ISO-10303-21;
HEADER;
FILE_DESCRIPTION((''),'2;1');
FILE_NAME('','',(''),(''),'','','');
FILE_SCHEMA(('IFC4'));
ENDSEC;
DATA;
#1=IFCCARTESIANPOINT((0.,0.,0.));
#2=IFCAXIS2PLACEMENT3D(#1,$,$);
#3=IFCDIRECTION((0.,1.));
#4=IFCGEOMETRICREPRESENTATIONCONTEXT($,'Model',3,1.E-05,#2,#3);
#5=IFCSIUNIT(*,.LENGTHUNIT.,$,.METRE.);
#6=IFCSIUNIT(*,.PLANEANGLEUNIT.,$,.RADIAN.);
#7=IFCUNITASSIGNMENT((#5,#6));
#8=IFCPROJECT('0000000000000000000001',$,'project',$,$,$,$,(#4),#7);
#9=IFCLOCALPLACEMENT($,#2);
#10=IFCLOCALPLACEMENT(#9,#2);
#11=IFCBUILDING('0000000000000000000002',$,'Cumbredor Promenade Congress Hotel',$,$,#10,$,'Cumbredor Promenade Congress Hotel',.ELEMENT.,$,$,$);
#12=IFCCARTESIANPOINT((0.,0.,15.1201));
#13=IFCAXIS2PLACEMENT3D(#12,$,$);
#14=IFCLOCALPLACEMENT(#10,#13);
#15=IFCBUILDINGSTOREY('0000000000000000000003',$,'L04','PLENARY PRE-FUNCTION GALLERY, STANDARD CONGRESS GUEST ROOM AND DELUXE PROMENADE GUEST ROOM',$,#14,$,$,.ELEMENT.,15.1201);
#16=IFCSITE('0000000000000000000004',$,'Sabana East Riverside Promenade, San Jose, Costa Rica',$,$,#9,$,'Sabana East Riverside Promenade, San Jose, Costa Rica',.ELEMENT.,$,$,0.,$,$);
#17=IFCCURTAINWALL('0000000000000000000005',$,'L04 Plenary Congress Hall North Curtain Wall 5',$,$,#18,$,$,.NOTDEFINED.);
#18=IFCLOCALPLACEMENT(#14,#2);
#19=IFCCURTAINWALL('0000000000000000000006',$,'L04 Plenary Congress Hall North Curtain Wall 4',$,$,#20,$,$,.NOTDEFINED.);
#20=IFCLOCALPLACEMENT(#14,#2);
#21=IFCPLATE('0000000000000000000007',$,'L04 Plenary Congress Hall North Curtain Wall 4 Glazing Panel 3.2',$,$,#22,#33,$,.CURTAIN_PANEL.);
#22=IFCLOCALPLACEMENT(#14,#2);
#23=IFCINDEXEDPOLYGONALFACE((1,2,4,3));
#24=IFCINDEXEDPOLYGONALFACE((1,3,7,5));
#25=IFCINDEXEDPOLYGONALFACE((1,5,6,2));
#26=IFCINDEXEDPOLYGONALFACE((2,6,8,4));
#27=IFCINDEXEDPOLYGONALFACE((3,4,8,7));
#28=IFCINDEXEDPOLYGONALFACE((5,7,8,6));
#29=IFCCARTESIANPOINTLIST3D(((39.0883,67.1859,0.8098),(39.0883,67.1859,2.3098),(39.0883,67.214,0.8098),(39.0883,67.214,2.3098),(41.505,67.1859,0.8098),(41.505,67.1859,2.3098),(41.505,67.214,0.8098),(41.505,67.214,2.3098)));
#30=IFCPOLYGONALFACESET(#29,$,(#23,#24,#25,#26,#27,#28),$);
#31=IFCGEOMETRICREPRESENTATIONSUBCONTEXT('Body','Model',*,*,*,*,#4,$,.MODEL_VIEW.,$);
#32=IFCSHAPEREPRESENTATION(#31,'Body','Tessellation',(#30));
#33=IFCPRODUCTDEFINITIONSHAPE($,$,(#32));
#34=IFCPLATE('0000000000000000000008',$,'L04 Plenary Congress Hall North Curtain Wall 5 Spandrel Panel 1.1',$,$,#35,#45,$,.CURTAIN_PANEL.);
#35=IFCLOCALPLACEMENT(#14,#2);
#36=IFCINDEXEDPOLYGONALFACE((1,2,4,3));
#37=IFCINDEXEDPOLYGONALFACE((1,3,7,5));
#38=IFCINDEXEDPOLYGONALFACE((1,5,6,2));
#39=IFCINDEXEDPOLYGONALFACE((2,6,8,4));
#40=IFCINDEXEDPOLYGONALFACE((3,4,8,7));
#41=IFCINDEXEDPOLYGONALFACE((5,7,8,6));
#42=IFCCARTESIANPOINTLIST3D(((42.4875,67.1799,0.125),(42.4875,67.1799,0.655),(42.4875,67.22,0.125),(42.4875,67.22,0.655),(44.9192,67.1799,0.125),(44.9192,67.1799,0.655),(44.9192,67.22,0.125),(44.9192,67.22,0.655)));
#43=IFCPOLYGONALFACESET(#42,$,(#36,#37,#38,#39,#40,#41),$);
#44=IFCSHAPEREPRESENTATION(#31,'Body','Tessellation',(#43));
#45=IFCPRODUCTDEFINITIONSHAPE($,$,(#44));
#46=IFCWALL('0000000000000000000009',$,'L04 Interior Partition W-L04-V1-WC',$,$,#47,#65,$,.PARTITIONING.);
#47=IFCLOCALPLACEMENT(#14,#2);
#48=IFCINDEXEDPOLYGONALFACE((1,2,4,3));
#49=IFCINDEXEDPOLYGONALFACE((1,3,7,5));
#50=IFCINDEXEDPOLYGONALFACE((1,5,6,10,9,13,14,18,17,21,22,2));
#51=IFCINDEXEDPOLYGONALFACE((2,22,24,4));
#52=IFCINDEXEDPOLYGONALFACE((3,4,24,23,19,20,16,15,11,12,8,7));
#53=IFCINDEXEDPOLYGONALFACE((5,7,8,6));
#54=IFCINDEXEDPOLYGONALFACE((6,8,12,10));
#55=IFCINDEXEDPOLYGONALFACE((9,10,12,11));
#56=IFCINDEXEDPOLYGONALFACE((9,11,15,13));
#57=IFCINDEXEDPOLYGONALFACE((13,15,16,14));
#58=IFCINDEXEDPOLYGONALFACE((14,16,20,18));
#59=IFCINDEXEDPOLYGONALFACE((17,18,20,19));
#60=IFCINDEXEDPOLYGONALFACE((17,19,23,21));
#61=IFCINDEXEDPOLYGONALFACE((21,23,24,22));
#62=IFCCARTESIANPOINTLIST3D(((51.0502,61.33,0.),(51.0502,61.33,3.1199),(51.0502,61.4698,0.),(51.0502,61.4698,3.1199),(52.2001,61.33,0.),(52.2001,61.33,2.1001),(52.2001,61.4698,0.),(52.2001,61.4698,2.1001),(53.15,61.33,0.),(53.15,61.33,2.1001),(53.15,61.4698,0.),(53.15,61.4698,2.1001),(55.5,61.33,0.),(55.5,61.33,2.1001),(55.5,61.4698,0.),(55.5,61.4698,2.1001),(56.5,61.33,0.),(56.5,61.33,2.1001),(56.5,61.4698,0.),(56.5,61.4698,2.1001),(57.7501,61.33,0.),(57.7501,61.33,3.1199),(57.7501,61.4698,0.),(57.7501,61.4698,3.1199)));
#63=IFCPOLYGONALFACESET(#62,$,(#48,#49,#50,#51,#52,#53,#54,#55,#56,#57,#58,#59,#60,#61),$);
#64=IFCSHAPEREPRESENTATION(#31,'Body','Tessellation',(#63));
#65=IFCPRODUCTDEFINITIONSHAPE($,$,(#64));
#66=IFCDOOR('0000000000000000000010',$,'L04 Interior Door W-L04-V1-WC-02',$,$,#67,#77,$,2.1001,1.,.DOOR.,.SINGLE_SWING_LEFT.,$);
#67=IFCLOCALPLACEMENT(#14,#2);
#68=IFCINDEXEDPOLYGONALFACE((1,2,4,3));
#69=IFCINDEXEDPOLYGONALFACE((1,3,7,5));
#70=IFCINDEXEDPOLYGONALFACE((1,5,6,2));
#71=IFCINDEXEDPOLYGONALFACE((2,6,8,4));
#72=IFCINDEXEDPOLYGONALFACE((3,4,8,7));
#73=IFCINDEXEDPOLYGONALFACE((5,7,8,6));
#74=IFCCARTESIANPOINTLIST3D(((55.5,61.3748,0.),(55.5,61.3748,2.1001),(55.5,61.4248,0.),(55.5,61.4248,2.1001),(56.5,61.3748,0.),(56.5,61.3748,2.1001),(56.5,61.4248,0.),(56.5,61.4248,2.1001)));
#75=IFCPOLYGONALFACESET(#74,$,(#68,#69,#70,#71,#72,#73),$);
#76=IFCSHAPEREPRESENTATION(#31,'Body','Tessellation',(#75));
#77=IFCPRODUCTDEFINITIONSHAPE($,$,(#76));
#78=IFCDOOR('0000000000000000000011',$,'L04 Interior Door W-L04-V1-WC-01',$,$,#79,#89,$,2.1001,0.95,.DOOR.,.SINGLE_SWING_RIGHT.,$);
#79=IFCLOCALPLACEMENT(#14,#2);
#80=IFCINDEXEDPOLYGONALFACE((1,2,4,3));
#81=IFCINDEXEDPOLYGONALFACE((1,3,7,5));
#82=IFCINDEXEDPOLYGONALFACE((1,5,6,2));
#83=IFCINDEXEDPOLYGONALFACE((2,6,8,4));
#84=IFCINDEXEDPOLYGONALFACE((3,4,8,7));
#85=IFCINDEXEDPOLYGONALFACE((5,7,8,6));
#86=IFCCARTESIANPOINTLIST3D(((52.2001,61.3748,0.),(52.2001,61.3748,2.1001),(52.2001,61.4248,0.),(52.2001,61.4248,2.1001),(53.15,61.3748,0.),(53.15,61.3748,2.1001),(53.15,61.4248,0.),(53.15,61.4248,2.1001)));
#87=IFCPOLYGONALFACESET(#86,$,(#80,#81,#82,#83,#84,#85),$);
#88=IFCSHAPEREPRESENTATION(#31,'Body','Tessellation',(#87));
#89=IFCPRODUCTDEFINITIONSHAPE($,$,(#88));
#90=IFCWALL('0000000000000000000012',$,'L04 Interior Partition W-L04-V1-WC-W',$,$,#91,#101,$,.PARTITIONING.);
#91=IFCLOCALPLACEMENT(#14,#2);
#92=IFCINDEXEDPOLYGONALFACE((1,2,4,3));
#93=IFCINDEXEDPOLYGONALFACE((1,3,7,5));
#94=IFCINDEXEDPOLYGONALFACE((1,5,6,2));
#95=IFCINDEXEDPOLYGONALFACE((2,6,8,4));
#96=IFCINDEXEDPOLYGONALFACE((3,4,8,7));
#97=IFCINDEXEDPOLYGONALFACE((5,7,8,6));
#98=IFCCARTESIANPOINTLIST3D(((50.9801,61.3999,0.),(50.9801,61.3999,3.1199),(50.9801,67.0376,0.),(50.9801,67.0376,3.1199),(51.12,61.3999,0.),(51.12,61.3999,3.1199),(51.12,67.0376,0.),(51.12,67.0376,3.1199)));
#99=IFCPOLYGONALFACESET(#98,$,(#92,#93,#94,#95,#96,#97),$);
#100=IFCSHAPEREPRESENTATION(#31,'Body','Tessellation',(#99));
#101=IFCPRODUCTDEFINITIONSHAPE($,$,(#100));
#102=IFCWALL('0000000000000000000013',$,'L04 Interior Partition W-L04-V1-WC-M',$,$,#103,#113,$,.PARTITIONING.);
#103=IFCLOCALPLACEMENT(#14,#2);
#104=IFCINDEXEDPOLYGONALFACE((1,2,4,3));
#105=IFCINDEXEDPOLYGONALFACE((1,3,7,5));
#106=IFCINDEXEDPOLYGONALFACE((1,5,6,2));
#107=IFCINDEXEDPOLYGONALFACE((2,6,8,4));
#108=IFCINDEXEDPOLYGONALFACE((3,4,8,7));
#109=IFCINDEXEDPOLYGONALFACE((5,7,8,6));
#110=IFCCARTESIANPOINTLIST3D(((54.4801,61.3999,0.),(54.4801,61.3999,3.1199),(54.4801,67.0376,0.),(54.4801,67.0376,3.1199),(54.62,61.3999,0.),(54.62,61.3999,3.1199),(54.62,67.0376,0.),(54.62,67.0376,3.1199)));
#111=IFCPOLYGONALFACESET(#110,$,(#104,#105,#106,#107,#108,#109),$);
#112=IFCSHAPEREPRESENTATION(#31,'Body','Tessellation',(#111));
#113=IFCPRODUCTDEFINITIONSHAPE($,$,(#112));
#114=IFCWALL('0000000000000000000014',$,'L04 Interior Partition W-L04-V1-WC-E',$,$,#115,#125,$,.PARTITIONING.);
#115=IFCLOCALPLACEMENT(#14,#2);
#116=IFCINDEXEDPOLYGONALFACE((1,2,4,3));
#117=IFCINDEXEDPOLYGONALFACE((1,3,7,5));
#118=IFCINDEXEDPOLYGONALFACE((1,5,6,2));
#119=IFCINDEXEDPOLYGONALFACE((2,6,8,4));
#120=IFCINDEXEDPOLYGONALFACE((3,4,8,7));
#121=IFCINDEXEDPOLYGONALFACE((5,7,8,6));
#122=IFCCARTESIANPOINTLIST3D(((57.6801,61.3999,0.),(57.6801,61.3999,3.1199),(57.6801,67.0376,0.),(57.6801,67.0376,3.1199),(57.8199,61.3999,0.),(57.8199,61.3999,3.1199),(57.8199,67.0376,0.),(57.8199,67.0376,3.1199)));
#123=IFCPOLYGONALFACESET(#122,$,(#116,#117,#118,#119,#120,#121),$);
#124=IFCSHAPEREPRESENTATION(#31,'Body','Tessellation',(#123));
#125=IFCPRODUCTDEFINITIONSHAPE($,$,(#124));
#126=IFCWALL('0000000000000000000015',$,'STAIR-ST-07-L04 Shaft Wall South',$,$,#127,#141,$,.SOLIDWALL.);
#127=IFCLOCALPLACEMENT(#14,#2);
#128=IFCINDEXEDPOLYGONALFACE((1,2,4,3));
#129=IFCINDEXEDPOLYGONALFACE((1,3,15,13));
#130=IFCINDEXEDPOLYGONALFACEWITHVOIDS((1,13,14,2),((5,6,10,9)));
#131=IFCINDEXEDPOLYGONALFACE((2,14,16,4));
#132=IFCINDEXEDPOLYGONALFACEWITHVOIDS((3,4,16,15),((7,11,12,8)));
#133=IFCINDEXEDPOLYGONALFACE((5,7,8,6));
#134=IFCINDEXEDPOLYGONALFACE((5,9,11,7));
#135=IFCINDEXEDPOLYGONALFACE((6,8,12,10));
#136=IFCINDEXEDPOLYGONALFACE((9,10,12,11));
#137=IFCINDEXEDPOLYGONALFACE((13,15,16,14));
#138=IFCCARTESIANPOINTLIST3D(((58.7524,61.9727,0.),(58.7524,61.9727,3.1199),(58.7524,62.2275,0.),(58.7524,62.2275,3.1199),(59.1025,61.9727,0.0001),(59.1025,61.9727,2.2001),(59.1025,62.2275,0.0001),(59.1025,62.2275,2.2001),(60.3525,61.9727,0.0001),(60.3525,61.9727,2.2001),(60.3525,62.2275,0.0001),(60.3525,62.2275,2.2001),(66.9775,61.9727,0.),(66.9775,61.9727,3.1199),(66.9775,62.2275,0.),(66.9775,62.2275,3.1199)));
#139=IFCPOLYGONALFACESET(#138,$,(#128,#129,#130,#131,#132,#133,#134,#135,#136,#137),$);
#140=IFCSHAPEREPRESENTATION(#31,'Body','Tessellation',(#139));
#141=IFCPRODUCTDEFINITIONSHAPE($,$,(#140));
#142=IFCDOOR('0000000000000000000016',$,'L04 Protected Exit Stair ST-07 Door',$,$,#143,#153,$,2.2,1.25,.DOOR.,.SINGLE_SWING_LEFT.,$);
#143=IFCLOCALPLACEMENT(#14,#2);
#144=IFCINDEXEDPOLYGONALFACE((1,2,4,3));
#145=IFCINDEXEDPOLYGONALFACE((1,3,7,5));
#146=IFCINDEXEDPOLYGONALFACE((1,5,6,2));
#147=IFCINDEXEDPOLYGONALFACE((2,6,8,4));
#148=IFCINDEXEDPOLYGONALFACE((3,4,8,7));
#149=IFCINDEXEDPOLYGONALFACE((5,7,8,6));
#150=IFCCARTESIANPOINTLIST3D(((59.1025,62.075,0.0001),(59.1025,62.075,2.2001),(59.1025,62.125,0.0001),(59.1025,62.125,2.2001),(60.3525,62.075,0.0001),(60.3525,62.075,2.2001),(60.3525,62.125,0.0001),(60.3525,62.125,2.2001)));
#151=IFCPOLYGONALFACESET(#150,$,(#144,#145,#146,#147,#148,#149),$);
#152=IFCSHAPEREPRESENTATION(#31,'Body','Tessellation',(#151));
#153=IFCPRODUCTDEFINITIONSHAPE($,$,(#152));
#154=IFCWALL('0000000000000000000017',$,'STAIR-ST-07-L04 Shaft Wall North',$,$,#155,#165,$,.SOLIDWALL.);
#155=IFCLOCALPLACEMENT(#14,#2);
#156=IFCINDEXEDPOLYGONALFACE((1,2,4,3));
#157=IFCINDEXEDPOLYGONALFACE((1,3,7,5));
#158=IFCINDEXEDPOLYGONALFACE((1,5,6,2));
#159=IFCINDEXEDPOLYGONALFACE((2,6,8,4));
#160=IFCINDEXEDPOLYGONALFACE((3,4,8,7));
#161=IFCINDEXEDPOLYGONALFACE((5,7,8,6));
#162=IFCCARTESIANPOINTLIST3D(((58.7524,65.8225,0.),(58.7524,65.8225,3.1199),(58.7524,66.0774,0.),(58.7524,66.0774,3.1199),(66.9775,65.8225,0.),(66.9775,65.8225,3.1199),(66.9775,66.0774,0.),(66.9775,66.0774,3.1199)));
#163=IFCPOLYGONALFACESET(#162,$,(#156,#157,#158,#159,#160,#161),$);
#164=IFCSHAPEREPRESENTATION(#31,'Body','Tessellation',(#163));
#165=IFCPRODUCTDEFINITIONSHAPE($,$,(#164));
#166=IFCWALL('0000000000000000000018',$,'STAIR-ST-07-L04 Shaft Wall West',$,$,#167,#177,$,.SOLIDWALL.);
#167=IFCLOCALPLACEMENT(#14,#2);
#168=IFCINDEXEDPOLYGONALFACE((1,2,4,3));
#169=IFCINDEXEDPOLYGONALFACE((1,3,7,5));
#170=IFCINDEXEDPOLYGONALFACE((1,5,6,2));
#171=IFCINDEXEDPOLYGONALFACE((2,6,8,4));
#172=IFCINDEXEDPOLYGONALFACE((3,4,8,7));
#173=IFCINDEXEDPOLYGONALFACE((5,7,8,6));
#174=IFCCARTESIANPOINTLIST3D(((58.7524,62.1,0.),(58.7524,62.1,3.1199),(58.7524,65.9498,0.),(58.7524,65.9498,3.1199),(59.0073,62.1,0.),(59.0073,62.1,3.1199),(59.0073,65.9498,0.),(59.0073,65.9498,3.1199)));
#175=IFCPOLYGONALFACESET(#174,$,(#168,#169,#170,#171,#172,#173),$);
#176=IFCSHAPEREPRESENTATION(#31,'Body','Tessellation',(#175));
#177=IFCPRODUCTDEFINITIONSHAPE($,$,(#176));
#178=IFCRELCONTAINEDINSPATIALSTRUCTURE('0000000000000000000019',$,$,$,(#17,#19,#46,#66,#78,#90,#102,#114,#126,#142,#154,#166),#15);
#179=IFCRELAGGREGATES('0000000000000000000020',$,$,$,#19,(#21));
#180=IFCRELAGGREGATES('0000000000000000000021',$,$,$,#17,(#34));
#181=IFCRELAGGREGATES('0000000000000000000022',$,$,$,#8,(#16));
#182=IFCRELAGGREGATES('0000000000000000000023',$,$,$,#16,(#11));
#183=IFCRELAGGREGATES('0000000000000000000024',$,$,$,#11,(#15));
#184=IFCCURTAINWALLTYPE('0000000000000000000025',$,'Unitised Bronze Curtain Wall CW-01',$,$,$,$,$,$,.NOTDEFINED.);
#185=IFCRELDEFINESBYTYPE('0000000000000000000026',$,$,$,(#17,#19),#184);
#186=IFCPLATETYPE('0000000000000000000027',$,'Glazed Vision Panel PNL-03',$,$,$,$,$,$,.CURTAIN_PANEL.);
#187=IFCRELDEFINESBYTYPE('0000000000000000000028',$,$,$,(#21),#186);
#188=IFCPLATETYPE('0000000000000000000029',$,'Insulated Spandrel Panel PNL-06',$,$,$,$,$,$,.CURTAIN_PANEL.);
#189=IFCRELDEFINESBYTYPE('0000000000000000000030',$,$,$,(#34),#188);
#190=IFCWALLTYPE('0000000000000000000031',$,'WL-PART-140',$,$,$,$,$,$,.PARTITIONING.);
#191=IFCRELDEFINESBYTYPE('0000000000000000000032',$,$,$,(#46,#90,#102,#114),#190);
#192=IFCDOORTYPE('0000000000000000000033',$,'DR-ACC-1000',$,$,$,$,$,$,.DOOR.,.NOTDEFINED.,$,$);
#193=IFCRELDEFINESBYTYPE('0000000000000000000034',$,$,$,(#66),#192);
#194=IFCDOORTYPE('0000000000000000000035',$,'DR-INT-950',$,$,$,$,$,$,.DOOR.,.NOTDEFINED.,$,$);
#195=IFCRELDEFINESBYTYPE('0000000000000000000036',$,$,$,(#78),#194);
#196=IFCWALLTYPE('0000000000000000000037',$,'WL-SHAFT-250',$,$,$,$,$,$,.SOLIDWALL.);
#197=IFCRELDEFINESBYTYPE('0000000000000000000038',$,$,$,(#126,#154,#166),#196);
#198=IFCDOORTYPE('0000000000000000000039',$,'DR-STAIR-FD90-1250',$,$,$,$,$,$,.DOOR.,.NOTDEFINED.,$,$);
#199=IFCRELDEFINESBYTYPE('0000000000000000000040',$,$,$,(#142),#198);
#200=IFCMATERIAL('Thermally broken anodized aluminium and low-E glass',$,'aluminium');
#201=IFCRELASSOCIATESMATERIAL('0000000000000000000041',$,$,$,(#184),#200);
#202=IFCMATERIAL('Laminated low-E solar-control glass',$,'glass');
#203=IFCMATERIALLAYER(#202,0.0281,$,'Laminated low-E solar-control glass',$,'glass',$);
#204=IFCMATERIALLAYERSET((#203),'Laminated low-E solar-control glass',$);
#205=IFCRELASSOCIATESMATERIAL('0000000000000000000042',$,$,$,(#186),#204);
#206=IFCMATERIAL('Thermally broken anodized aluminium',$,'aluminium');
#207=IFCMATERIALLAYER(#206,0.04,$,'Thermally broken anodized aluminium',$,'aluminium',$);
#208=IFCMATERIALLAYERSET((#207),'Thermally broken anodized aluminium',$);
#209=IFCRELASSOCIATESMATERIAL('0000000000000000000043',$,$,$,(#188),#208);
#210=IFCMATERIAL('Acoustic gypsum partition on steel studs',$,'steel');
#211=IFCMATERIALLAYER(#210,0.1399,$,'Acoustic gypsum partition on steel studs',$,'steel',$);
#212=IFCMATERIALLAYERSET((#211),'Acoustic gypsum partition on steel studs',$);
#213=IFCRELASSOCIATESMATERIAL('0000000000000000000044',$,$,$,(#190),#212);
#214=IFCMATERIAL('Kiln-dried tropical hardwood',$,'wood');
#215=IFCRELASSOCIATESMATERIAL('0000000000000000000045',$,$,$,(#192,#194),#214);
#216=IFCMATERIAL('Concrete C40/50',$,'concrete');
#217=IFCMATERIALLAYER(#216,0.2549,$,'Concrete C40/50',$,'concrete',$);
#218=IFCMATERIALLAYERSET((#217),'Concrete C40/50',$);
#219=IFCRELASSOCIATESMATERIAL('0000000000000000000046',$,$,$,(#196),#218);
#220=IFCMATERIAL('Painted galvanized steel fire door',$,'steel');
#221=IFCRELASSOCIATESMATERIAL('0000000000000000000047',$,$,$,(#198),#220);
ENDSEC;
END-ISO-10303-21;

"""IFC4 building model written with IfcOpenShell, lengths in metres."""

from ifc_helpers import new_model, si_unit, direction, frame, frame_2d, origin, origin_2d, place, context, subcontext, project, spatial, rectangle, extrude, material, layer, layer_set, type_object, element, fill, aggregate, save


model = new_model("IFC4")

# Units and contexts
model_context = context("Model", 3, precision=1e-05, world=origin(), true_north=direction((0.0, 1.0)))
body_context = subcontext(model_context, "Body", "Model", "MODEL_VIEW")
ifc_project = project(units=[si_unit("LENGTHUNIT", "METRE"), si_unit("PLANEANGLEUNIT", "RADIAN")], contexts=[model_context])

# Site, building, storey
site_placement = place(None, origin())
site = spatial("IfcSite", under=ifc_project, at=site_placement, Name="Sabana East Riverside Promenade, San Jose, Costa Rica", LongName="Sabana East Riverside Promenade, San Jose, Costa Rica", CompositionType="ELEMENT", RefElevation=0.0)
building_placement = place(site_placement, origin())
building = spatial("IfcBuilding", under=site, at=building_placement, Name="Cumbredor Promenade Congress Hotel", LongName="Cumbredor Promenade Congress Hotel", CompositionType="ELEMENT")
storey_placement = place(building_placement, frame((0.0, 0.0, 15.1201)))
storey = spatial("IfcBuildingStorey", under=building, at=storey_placement, Name="L04", Description="PLENARY PRE-FUNCTION GALLERY, STANDARD CONGRESS GUEST ROOM AND DELUXE PROMENADE GUEST ROOM", CompositionType="ELEMENT", Elevation=15.1201)

# Shared definitions
ifc_material_1 = material(Name="Concrete C40/50", Category="concrete")

# Curtain wall
ifc_material_2 = material(Name="Thermally broken anodized aluminium and low-E glass", Category="aluminium")
curtain_wall_type = type_object("IfcCurtainWallType", Name="Unitised Bronze Curtain Wall CW-01", PredefinedType="NOTDEFINED", material=ifc_material_2)
curtain_wall_1_placement = place(storey_placement, origin())
curtain_wall_1 = element("IfcCurtainWall", 1, at=curtain_wall_1_placement, inside=storey, type_object=curtain_wall_type, Name="L04 Plenary Congress Hall North Curtain Wall 5", PredefinedType="NOTDEFINED")
ifc_material_3 = material(Name="Thermally broken anodized aluminium", Category="aluminium")

# Curtain wall
curtain_wall_2_placement = place(storey_placement, origin())
curtain_wall_2 = element("IfcCurtainWall", 2, at=curtain_wall_2_placement, inside=storey, type_object=curtain_wall_type, Name="L04 Plenary Congress Hall North Curtain Wall 4", PredefinedType="NOTDEFINED")

# Plates
ifc_material_4 = material(Name="Laminated low-E solar-control glass", Category="glass")
ifc_layer_1 = layer(ifc_material_4, 0.0281, Name="Laminated low-E solar-control glass", Category="glass")
ifc_layer_set_1 = layer_set([ifc_layer_1], Name="Laminated low-E solar-control glass")
plate_type_1 = type_object("IfcPlateType", Name="Glazed Vision Panel PNL-03", PredefinedType="CURTAIN_PANEL", material=ifc_layer_set_1)
plate_1_placement = place(storey_placement, frame((40.2966, 67.2, 0.8098), z_axis=(0.0, 0.0, 1.0), x_axis=(1.0, 0.0, 0.0)))
plate_1 = element("IfcPlate", 3, at=plate_1_placement, type_object=plate_type_1, Name="L04 Plenary Congress Hall North Curtain Wall 4 Glazing Panel 3.2", PredefinedType="CURTAIN_PANEL", context=body_context, shape_type="SweptSolid", body=[
    extrude(rectangle(XDim=2.4167, YDim=0.0281, at=origin_2d()), origin(), (0.0, 0.0, 1.0), 1.5),
])
aggregate(curtain_wall_2, [plate_1])
ifc_layer_2 = layer(ifc_material_3, 0.04, Name="Thermally broken anodized aluminium", Category="aluminium")
ifc_layer_set_2 = layer_set([ifc_layer_2], Name="Thermally broken anodized aluminium")
plate_type_2 = type_object("IfcPlateType", Name="Insulated Spandrel Panel PNL-06", PredefinedType="CURTAIN_PANEL", material=ifc_layer_set_2)
plate_2_placement = place(storey_placement, frame((43.7034, 67.2, 0.125), z_axis=(0.0, 0.0, 1.0), x_axis=(1.0, 0.0, 0.0)))
plate_2 = element("IfcPlate", 4, at=plate_2_placement, type_object=plate_type_2, Name="L04 Plenary Congress Hall North Curtain Wall 5 Spandrel Panel 1.1", PredefinedType="CURTAIN_PANEL", context=body_context, shape_type="SweptSolid", body=[
    extrude(rectangle(XDim=2.4316, YDim=0.04, at=origin_2d()), origin(), (0.0, 0.0, 1.0), 0.53),
])
aggregate(curtain_wall_1, [plate_2])

# Wall, openings, doors
ifc_material_5 = material(Name="Acoustic gypsum partition on steel studs", Category="steel")
ifc_layer_3 = layer(ifc_material_5, 0.1399, Name="Acoustic gypsum partition on steel studs", Category="steel")
ifc_layer_set_3 = layer_set([ifc_layer_3], Name="Acoustic gypsum partition on steel studs")
wall_type_1 = type_object("IfcWallType", Name="WL-PART-140", PredefinedType="PARTITIONING", material=ifc_layer_set_3)
wall_1_placement = place(storey_placement, frame((51.05, 61.3999, 0.0), z_axis=(0.0, 0.0, 1.0), x_axis=(1.0, 0.0, 0.0)))
wall_1 = element("IfcWall", 5, at=wall_1_placement, inside=storey, type_object=wall_type_1, Name="L04 Interior Partition W-L04-V1-WC", PredefinedType="PARTITIONING", context=body_context, shape_type="SweptSolid", body=[
    extrude(rectangle(XDim=6.7, YDim=0.1399, at=frame_2d((3.3501, 0.0))), origin(), (0.0, 0.0, 1.0), 3.1199),
])
opening_1_placement = place(wall_1_placement, frame((1.1499, 0.0, 0.0)))
opening_1 = element("IfcOpeningElement", 6, at=opening_1_placement, cuts=wall_1, PredefinedType="OPENING", context=body_context, shape_type="SweptSolid", body=[
    extrude(rectangle(XDim=0.95, YDim=2.1001, at=frame_2d((0.4751, 1.05))), frame((0.0, 0.0801, 0.0), z_axis=(0.0, -1.0, 0.0), x_axis=(1.0, 0.0, 0.0)), (0.0, 0.0, 1.0), 0.1599),
])
opening_2_placement = place(wall_1_placement, frame((4.45, 0.0, 0.0)))
opening_2 = element("IfcOpeningElement", 7, at=opening_2_placement, cuts=wall_1, PredefinedType="OPENING", context=body_context, shape_type="SweptSolid", body=[
    extrude(rectangle(XDim=1.0, YDim=2.1001, at=frame_2d((0.5, 1.05))), frame((0.0, 0.0801, 0.0), z_axis=(0.0, -1.0, 0.0), x_axis=(1.0, 0.0, 0.0)), (0.0, 0.0, 1.0), 0.1599),
])
ifc_material_6 = material(Name="Kiln-dried tropical hardwood", Category="wood")
door_type_1 = type_object("IfcDoorType", Name="DR-ACC-1000", OperationType="NOTDEFINED", PredefinedType="DOOR", material=ifc_material_6)
door_1_placement = place(opening_2_placement, origin())
door_1 = element("IfcDoor", 8, at=door_1_placement, inside=storey, type_object=door_type_1, Name="L04 Interior Door W-L04-V1-WC-02", OperationType="SINGLE_SWING_LEFT", OverallHeight=2.1001, OverallWidth=1.0, PredefinedType="DOOR", context=body_context, shape_type="SweptSolid", body=[
    extrude(rectangle(XDim=1.0, YDim=2.1001, at=frame_2d((0.5, 1.05))), frame((0.0, 0.0249, 0.0), z_axis=(0.0, -1.0, 0.0), x_axis=(1.0, 0.0, 0.0)), (0.0, 0.0, 1.0), 0.05),
])
fill(opening_2, door_1)
door_type_2 = type_object("IfcDoorType", Name="DR-INT-950", OperationType="NOTDEFINED", PredefinedType="DOOR", material=ifc_material_6)
door_2_placement = place(opening_1_placement, origin())
door_2 = element("IfcDoor", 9, at=door_2_placement, inside=storey, type_object=door_type_2, Name="L04 Interior Door W-L04-V1-WC-01", OperationType="SINGLE_SWING_RIGHT", OverallHeight=2.1001, OverallWidth=0.95, PredefinedType="DOOR", context=body_context, shape_type="SweptSolid", body=[
    extrude(rectangle(XDim=0.95, YDim=2.1001, at=frame_2d((0.4751, 1.05))), frame((0.0, 0.0249, 0.0), z_axis=(0.0, -1.0, 0.0), x_axis=(1.0, 0.0, 0.0)), (0.0, 0.0, 1.0), 0.05),
])
fill(opening_1, door_2)

# Walls
for number, where, z_axis, x_axis, name in (
    (10, (51.05, 61.3999, 0.0), (0.0, 0.0, 1.0), (0.0, 1.0, 0.0), "L04 Interior Partition W-L04-V1-WC-W"),
    (11, (54.55, 61.3999, 0.0), (0.0, 0.0, 1.0), (0.0, 1.0, 0.0), "L04 Interior Partition W-L04-V1-WC-M"),
    (12, (57.75, 61.3999, 0.0), (0.0, 0.0, 1.0), (0.0, 1.0, 0.0), "L04 Interior Partition W-L04-V1-WC-E"),
):
    element("IfcWall", number, at=place(storey_placement, frame(where, z_axis=z_axis, x_axis=x_axis)), inside=storey, type_object=wall_type_1, Name=name, PredefinedType="PARTITIONING", context=body_context, shape_type="SweptSolid", body=[
        extrude(rectangle(XDim=5.6377, YDim=0.1399, at=frame_2d((2.8188, 0.0))), origin(), (0.0, 0.0, 1.0), 3.1199),
    ])

# Wall, opening, door
ifc_layer_4 = layer(ifc_material_1, 0.2549, Name="Concrete C40/50", Category="concrete")
ifc_layer_set_4 = layer_set([ifc_layer_4], Name="Concrete C40/50")
wall_type_2 = type_object("IfcWallType", Name="WL-SHAFT-250", PredefinedType="SOLIDWALL", material=ifc_layer_set_4)
wall_2_placement = place(storey_placement, frame((58.7524, 62.1001, 0.0), z_axis=(0.0, 0.0, 1.0), x_axis=(1.0, 0.0, 0.0)))
wall_2 = element("IfcWall", 13, at=wall_2_placement, inside=storey, type_object=wall_type_2, Name="STAIR-ST-07-L04 Shaft Wall South", PredefinedType="SOLIDWALL", context=body_context, shape_type="SweptSolid", body=[
    extrude(rectangle(XDim=8.2251, YDim=0.2549, at=frame_2d((4.1125, 0.0))), origin(), (0.0, 0.0, 1.0), 3.1199),
])
opening_3_placement = place(wall_2_placement, frame((0.3501, 0.0, 0.0)))
opening_3 = element("IfcOpeningElement", 14, at=opening_3_placement, cuts=wall_2, PredefinedType="OPENING", context=body_context, shape_type="SweptSolid", body=[
    extrude(rectangle(XDim=1.25, YDim=2.2, at=frame_2d((0.625, 1.1001))), frame((0.0, 0.1375, 0.0), z_axis=(0.0, -1.0, 0.0), x_axis=(1.0, 0.0, 0.0)), (0.0, 0.0, 1.0), 0.2749),
])
ifc_material_7 = material(Name="Painted galvanized steel fire door", Category="steel")
door_type_3 = type_object("IfcDoorType", Name="DR-STAIR-FD90-1250", OperationType="NOTDEFINED", PredefinedType="DOOR", material=ifc_material_7)
door_3_placement = place(opening_3_placement, origin())
door_3 = element("IfcDoor", 15, at=door_3_placement, inside=storey, type_object=door_type_3, Name="L04 Protected Exit Stair ST-07 Door", OperationType="SINGLE_SWING_LEFT", OverallHeight=2.2, OverallWidth=1.25, PredefinedType="DOOR", context=body_context, shape_type="SweptSolid", body=[
    extrude(rectangle(XDim=1.25, YDim=2.2, at=frame_2d((0.625, 1.1001))), frame((0.0, 0.0249, 0.0), z_axis=(0.0, -1.0, 0.0), x_axis=(1.0, 0.0, 0.0)), (0.0, 0.0, 1.0), 0.05),
])
fill(opening_3, door_3)

# Walls
wall_3_placement = place(storey_placement, frame((58.7524, 65.95, 0.0), z_axis=(0.0, 0.0, 1.0), x_axis=(1.0, 0.0, 0.0)))
element("IfcWall", 16, at=wall_3_placement, inside=storey, type_object=wall_type_2, Name="STAIR-ST-07-L04 Shaft Wall North", PredefinedType="SOLIDWALL", context=body_context, shape_type="SweptSolid", body=[
    extrude(rectangle(XDim=8.2251, YDim=0.2549, at=frame_2d((4.1125, 0.0))), origin(), (0.0, 0.0, 1.0), 3.1199),
])
wall_4_placement = place(storey_placement, frame((58.8799, 62.1001, 0.0), z_axis=(0.0, 0.0, 1.0), x_axis=(0.0, 1.0, 0.0)))
element("IfcWall", 17, at=wall_4_placement, inside=storey, type_object=wall_type_2, Name="STAIR-ST-07-L04 Shaft Wall West", PredefinedType="SOLIDWALL", context=body_context, shape_type="SweptSolid", body=[
    extrude(rectangle(XDim=3.8499, YDim=0.2549, at=frame_2d((1.9248, 0.0))), origin(), (0.0, 0.0, 1.0), 3.1199),
])

save(model, "model.ifc")
